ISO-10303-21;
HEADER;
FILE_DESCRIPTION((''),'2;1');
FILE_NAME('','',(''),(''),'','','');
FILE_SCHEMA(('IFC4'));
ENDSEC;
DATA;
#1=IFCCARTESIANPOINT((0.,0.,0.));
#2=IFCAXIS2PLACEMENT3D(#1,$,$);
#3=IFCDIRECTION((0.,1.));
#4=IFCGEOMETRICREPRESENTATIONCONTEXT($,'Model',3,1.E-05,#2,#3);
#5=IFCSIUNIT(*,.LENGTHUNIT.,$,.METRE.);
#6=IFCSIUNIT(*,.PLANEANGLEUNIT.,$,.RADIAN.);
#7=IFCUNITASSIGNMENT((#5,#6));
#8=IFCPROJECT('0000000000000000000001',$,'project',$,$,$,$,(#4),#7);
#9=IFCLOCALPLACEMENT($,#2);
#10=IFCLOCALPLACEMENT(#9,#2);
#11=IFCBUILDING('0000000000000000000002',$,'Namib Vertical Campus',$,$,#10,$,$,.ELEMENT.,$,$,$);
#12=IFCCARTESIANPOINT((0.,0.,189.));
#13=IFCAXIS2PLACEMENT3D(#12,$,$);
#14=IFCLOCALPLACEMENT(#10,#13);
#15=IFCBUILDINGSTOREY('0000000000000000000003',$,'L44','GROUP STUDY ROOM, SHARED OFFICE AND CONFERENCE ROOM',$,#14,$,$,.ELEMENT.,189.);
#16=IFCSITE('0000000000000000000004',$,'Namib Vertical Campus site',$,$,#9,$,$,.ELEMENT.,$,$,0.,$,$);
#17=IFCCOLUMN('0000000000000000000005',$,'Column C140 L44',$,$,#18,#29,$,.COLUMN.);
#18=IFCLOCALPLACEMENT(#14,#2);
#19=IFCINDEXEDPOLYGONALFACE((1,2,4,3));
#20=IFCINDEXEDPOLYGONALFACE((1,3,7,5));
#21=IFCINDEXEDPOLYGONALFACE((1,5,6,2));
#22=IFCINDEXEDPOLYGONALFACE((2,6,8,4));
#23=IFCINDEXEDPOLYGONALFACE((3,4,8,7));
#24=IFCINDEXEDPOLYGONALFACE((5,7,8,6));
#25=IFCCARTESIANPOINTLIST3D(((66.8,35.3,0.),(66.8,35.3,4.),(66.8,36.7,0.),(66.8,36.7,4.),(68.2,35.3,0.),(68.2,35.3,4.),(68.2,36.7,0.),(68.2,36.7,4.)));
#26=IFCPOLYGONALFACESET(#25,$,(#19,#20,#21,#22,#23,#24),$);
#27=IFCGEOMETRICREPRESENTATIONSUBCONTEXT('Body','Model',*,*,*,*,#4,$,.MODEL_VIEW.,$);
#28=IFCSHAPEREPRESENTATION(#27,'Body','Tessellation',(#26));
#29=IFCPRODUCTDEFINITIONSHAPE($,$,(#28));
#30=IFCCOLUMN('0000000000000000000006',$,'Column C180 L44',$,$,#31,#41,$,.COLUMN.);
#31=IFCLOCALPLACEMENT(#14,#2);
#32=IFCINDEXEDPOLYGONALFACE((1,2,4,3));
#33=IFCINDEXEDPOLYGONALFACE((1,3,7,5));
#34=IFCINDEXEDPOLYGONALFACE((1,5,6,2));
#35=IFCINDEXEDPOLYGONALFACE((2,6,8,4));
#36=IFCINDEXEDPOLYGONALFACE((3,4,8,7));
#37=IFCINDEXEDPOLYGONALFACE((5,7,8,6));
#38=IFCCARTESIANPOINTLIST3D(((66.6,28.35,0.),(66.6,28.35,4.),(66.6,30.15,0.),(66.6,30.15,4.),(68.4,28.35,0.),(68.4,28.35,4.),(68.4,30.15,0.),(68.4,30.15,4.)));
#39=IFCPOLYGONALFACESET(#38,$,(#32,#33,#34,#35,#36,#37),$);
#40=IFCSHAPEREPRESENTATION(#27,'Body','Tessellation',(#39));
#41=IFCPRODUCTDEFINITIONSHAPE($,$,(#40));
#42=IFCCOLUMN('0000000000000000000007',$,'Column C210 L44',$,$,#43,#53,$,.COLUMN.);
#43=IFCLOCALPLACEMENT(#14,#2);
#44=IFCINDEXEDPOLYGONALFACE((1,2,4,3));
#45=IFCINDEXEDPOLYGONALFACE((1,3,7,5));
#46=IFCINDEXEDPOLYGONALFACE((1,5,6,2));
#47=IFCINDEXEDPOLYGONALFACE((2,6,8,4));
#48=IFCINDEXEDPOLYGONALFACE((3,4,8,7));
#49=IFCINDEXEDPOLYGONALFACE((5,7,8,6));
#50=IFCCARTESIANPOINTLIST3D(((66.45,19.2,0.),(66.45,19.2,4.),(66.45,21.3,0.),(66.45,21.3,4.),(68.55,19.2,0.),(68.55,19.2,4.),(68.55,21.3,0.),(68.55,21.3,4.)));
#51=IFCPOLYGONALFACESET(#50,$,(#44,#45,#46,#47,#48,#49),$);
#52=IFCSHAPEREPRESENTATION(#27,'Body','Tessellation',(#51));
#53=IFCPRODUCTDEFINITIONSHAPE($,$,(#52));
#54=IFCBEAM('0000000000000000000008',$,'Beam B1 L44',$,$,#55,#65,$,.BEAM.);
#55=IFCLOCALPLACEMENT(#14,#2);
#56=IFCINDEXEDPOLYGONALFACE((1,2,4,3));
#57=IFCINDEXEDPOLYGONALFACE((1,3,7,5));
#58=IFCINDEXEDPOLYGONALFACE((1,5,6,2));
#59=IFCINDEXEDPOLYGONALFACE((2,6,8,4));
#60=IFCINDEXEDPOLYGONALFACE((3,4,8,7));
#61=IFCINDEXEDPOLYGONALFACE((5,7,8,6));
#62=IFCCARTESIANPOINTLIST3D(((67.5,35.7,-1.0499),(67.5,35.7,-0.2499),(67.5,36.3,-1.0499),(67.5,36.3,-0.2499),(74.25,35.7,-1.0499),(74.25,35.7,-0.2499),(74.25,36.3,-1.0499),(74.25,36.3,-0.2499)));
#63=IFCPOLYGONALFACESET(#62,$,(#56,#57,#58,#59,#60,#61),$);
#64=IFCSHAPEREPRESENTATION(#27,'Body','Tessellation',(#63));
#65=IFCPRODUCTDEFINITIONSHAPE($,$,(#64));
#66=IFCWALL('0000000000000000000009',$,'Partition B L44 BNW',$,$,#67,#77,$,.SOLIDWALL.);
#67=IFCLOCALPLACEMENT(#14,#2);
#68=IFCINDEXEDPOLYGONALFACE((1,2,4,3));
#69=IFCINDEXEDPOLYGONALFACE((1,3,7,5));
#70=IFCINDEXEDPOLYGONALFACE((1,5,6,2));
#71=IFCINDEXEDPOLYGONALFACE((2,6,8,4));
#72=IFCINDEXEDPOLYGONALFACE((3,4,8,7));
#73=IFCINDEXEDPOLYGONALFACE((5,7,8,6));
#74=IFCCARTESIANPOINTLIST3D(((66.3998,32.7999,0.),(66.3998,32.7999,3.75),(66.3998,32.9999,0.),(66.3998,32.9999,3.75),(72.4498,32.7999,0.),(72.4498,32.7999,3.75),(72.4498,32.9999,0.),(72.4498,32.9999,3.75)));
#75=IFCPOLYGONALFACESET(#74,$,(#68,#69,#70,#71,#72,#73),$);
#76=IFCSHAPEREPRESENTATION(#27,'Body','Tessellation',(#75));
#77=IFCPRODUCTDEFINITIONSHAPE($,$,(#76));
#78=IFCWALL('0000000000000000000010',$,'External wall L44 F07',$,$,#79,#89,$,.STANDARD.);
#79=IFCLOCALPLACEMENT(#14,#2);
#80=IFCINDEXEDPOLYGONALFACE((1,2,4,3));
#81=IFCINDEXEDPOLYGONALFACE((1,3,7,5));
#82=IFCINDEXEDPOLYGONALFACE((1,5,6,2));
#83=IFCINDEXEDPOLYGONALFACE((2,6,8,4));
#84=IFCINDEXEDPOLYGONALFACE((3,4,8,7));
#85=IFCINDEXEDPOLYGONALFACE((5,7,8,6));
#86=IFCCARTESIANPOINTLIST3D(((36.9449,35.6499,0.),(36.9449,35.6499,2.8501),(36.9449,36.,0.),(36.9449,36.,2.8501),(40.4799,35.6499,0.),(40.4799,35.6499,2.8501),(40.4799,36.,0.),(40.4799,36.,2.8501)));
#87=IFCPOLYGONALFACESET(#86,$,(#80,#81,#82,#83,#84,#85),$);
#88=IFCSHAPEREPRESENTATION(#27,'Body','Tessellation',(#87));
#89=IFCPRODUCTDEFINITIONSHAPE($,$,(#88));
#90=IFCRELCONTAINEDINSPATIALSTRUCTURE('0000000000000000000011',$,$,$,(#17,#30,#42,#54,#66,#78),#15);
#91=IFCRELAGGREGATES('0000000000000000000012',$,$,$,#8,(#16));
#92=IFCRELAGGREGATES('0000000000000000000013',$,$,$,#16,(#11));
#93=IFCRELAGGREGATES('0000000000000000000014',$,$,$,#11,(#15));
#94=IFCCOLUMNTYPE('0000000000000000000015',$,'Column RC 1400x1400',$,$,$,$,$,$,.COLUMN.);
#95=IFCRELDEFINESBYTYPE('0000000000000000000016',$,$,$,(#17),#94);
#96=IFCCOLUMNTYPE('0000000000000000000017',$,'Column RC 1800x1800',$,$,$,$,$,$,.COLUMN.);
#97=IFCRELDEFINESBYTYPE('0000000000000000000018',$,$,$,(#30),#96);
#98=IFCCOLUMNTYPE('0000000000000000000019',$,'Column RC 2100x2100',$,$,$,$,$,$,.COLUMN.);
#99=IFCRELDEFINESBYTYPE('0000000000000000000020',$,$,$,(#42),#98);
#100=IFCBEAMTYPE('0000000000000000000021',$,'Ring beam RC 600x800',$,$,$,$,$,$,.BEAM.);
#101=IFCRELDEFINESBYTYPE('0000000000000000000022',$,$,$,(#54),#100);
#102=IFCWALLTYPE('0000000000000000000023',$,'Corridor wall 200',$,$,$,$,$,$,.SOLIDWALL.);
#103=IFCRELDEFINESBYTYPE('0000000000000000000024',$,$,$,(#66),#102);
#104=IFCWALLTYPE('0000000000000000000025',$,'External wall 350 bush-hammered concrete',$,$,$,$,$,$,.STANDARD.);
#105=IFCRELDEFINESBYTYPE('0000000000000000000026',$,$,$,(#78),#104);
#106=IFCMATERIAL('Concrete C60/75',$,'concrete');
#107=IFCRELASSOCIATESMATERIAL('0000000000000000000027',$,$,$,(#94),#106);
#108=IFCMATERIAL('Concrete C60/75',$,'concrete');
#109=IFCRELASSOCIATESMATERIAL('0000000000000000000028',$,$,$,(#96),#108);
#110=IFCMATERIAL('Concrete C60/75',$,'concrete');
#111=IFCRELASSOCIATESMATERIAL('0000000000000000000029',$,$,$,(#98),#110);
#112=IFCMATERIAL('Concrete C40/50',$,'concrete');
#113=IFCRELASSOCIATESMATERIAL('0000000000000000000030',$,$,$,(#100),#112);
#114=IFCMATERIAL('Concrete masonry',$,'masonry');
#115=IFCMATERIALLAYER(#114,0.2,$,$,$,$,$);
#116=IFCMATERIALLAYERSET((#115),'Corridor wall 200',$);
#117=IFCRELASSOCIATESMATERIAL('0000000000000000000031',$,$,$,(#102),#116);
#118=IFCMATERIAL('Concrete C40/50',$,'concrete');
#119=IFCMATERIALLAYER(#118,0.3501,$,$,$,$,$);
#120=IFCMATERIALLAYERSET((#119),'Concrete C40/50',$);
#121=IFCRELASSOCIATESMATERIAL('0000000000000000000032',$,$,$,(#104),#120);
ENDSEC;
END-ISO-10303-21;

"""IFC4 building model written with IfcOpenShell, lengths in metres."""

from ifc_helpers import new_model, si_unit, direction, frame, frame_2d, origin, origin_2d, place, context, subcontext, project, spatial, rectangle, extrude, material, layer, layer_set, material_profile, profile_set, type_object, element, save


model = new_model("IFC4")

# Units and contexts
model_context = context("Model", 3, precision=1e-05, world=origin(), true_north=direction((0.0, 1.0)))
body_context = subcontext(model_context, "Body", "Model", "MODEL_VIEW")
ifc_project = project(units=[si_unit("LENGTHUNIT", "METRE"), si_unit("PLANEANGLEUNIT", "RADIAN")], contexts=[model_context])

# Site, building, storey
site_placement = place(None, origin())
site = spatial("IfcSite", under=ifc_project, at=site_placement, Name="Namib Vertical Campus site", CompositionType="ELEMENT", RefElevation=0.0)
building_placement = place(site_placement, origin())
building = spatial("IfcBuilding", under=site, at=building_placement, Name="Namib Vertical Campus", CompositionType="ELEMENT")
storey_placement = place(building_placement, frame((0.0, 0.0, 189.0)))
storey = spatial("IfcBuildingStorey", under=building, at=storey_placement, Name="L44", Description="GROUP STUDY ROOM, SHARED OFFICE AND CONFERENCE ROOM", CompositionType="ELEMENT", Elevation=189.0)

# Columns
ifc_material_1 = material(Name="Concrete C60/75", Category="concrete")
ifc_material_profile_1 = material_profile(ifc_material_1, rectangle(XDim=1.3999, YDim=1.3999, at=origin_2d()))
ifc_profile_set_1 = profile_set([ifc_material_profile_1], Name="Concrete C60/75")
column_type_1 = type_object("IfcColumnType", Name="Column RC 1400x1400", PredefinedType="COLUMN", material=ifc_profile_set_1)
column_1_placement = place(storey_placement, frame((67.5, 36.0, 0.0), z_axis=(0.0, 0.0, 1.0), x_axis=(1.0, 0.0, 0.0)))
element("IfcColumn", 1, at=column_1_placement, inside=storey, type_object=column_type_1, Name="Column C140 L44", PredefinedType="COLUMN", context=body_context, shape_type="SweptSolid", body=[
    extrude(rectangle(XDim=1.3999, YDim=1.3999, at=origin_2d()), origin(), (0.0, 0.0, 1.0), 4.0),
])
ifc_material_2 = material(Name="Concrete C60/75", Category="concrete")
ifc_material_profile_2 = material_profile(ifc_material_2, rectangle(XDim=1.8, YDim=1.8, at=origin_2d()))
ifc_profile_set_2 = profile_set([ifc_material_profile_2], Name="Concrete C60/75")
column_type_2 = type_object("IfcColumnType", Name="Column RC 1800x1800", PredefinedType="COLUMN", material=ifc_profile_set_2)
column_2_placement = place(storey_placement, frame((67.5, 29.25, 0.0), z_axis=(0.0, 0.0, 1.0), x_axis=(1.0, 0.0, 0.0)))
element("IfcColumn", 2, at=column_2_placement, inside=storey, type_object=column_type_2, Name="Column C180 L44", PredefinedType="COLUMN", context=body_context, shape_type="SweptSolid", body=[
    extrude(rectangle(XDim=1.8, YDim=1.8, at=origin_2d()), origin(), (0.0, 0.0, 1.0), 4.0),
])
ifc_material_3 = material(Name="Concrete C60/75", Category="concrete")
ifc_material_profile_3 = material_profile(ifc_material_3, rectangle(XDim=2.1001, YDim=2.1001, at=origin_2d()))
ifc_profile_set_3 = profile_set([ifc_material_profile_3], Name="Concrete C60/75")
column_type_3 = type_object("IfcColumnType", Name="Column RC 2100x2100", PredefinedType="COLUMN", material=ifc_profile_set_3)
column_3_placement = place(storey_placement, frame((67.5, 20.25, 0.0), z_axis=(0.0, 0.0, 1.0), x_axis=(1.0, 0.0, 0.0)))
element("IfcColumn", 3, at=column_3_placement, inside=storey, type_object=column_type_3, Name="Column C210 L44", PredefinedType="COLUMN", context=body_context, shape_type="SweptSolid", body=[
    extrude(rectangle(XDim=2.1001, YDim=2.1001, at=origin_2d()), origin(), (0.0, 0.0, 1.0), 4.0),
])

# Beam
ifc_material_4 = material(Name="Concrete C40/50", Category="concrete")
ifc_material_profile_4 = material_profile(ifc_material_4, rectangle(XDim=0.6001, YDim=0.8, at=origin_2d()))
ifc_profile_set_4 = profile_set([ifc_material_profile_4], Name="Concrete C40/50")
beam_type = type_object("IfcBeamType", Name="Ring beam RC 600x800", PredefinedType="BEAM", material=ifc_profile_set_4)
beam_placement = place(storey_placement, frame((67.5, 36.0, -0.6499), z_axis=(1.0, 0.0, 0.0), x_axis=(0.0, 1.0, 0.0)))
element("IfcBeam", 4, at=beam_placement, inside=storey, type_object=beam_type, Name="Beam B1 L44", PredefinedType="BEAM", context=body_context, shape_type="SweptSolid", body=[
    extrude(rectangle(XDim=0.6001, YDim=0.8, at=origin_2d()), origin(), (0.0, 0.0, 1.0), 6.75),
])

# Walls
ifc_material_5 = material(Name="Concrete masonry", Category="masonry")
ifc_layer_1 = layer(ifc_material_5, 0.2)
ifc_layer_set_1 = layer_set([ifc_layer_1], Name="Corridor wall 200")
wall_type_1 = type_object("IfcWallType", Name="Corridor wall 200", PredefinedType="SOLIDWALL", material=ifc_layer_set_1)
wall_1_placement = place(storey_placement, frame((66.3999, 32.8999, 0.0), z_axis=(0.0, 0.0, 1.0), x_axis=(1.0, 0.0, 0.0)))
element("IfcWall", 5, at=wall_1_placement, inside=storey, type_object=wall_type_1, Name="Partition B L44 BNW", PredefinedType="SOLIDWALL", context=body_context, shape_type="SweptSolid", body=[
    extrude(rectangle(XDim=6.05, YDim=0.2, at=frame_2d((3.0249, 0.0))), origin(), (0.0, 0.0, 1.0), 3.75),
])
ifc_material_6 = material(Name="Concrete C40/50", Category="concrete")
ifc_layer_2 = layer(ifc_material_6, 0.3501)
ifc_layer_set_2 = layer_set([ifc_layer_2], Name="Concrete C40/50")
wall_type_2 = type_object("IfcWallType", Name="External wall 350 bush-hammered concrete", PredefinedType="STANDARD", material=ifc_layer_set_2)
wall_2_placement = place(storey_placement, frame((40.48, 35.825, 0.0), z_axis=(0.0, 0.0, 1.0), x_axis=(-1.0, 0.0, 0.0)))
element("IfcWall", 6, at=wall_2_placement, inside=storey, type_object=wall_type_2, Name="External wall L44 F07", PredefinedType="STANDARD", context=body_context, shape_type="SweptSolid", body=[
    extrude(rectangle(XDim=3.5349, YDim=0.3501, at=frame_2d((1.7676, 0.0))), origin(), (0.0, 0.0, 1.0), 2.8501),
])

save(model, "model.ifc")
